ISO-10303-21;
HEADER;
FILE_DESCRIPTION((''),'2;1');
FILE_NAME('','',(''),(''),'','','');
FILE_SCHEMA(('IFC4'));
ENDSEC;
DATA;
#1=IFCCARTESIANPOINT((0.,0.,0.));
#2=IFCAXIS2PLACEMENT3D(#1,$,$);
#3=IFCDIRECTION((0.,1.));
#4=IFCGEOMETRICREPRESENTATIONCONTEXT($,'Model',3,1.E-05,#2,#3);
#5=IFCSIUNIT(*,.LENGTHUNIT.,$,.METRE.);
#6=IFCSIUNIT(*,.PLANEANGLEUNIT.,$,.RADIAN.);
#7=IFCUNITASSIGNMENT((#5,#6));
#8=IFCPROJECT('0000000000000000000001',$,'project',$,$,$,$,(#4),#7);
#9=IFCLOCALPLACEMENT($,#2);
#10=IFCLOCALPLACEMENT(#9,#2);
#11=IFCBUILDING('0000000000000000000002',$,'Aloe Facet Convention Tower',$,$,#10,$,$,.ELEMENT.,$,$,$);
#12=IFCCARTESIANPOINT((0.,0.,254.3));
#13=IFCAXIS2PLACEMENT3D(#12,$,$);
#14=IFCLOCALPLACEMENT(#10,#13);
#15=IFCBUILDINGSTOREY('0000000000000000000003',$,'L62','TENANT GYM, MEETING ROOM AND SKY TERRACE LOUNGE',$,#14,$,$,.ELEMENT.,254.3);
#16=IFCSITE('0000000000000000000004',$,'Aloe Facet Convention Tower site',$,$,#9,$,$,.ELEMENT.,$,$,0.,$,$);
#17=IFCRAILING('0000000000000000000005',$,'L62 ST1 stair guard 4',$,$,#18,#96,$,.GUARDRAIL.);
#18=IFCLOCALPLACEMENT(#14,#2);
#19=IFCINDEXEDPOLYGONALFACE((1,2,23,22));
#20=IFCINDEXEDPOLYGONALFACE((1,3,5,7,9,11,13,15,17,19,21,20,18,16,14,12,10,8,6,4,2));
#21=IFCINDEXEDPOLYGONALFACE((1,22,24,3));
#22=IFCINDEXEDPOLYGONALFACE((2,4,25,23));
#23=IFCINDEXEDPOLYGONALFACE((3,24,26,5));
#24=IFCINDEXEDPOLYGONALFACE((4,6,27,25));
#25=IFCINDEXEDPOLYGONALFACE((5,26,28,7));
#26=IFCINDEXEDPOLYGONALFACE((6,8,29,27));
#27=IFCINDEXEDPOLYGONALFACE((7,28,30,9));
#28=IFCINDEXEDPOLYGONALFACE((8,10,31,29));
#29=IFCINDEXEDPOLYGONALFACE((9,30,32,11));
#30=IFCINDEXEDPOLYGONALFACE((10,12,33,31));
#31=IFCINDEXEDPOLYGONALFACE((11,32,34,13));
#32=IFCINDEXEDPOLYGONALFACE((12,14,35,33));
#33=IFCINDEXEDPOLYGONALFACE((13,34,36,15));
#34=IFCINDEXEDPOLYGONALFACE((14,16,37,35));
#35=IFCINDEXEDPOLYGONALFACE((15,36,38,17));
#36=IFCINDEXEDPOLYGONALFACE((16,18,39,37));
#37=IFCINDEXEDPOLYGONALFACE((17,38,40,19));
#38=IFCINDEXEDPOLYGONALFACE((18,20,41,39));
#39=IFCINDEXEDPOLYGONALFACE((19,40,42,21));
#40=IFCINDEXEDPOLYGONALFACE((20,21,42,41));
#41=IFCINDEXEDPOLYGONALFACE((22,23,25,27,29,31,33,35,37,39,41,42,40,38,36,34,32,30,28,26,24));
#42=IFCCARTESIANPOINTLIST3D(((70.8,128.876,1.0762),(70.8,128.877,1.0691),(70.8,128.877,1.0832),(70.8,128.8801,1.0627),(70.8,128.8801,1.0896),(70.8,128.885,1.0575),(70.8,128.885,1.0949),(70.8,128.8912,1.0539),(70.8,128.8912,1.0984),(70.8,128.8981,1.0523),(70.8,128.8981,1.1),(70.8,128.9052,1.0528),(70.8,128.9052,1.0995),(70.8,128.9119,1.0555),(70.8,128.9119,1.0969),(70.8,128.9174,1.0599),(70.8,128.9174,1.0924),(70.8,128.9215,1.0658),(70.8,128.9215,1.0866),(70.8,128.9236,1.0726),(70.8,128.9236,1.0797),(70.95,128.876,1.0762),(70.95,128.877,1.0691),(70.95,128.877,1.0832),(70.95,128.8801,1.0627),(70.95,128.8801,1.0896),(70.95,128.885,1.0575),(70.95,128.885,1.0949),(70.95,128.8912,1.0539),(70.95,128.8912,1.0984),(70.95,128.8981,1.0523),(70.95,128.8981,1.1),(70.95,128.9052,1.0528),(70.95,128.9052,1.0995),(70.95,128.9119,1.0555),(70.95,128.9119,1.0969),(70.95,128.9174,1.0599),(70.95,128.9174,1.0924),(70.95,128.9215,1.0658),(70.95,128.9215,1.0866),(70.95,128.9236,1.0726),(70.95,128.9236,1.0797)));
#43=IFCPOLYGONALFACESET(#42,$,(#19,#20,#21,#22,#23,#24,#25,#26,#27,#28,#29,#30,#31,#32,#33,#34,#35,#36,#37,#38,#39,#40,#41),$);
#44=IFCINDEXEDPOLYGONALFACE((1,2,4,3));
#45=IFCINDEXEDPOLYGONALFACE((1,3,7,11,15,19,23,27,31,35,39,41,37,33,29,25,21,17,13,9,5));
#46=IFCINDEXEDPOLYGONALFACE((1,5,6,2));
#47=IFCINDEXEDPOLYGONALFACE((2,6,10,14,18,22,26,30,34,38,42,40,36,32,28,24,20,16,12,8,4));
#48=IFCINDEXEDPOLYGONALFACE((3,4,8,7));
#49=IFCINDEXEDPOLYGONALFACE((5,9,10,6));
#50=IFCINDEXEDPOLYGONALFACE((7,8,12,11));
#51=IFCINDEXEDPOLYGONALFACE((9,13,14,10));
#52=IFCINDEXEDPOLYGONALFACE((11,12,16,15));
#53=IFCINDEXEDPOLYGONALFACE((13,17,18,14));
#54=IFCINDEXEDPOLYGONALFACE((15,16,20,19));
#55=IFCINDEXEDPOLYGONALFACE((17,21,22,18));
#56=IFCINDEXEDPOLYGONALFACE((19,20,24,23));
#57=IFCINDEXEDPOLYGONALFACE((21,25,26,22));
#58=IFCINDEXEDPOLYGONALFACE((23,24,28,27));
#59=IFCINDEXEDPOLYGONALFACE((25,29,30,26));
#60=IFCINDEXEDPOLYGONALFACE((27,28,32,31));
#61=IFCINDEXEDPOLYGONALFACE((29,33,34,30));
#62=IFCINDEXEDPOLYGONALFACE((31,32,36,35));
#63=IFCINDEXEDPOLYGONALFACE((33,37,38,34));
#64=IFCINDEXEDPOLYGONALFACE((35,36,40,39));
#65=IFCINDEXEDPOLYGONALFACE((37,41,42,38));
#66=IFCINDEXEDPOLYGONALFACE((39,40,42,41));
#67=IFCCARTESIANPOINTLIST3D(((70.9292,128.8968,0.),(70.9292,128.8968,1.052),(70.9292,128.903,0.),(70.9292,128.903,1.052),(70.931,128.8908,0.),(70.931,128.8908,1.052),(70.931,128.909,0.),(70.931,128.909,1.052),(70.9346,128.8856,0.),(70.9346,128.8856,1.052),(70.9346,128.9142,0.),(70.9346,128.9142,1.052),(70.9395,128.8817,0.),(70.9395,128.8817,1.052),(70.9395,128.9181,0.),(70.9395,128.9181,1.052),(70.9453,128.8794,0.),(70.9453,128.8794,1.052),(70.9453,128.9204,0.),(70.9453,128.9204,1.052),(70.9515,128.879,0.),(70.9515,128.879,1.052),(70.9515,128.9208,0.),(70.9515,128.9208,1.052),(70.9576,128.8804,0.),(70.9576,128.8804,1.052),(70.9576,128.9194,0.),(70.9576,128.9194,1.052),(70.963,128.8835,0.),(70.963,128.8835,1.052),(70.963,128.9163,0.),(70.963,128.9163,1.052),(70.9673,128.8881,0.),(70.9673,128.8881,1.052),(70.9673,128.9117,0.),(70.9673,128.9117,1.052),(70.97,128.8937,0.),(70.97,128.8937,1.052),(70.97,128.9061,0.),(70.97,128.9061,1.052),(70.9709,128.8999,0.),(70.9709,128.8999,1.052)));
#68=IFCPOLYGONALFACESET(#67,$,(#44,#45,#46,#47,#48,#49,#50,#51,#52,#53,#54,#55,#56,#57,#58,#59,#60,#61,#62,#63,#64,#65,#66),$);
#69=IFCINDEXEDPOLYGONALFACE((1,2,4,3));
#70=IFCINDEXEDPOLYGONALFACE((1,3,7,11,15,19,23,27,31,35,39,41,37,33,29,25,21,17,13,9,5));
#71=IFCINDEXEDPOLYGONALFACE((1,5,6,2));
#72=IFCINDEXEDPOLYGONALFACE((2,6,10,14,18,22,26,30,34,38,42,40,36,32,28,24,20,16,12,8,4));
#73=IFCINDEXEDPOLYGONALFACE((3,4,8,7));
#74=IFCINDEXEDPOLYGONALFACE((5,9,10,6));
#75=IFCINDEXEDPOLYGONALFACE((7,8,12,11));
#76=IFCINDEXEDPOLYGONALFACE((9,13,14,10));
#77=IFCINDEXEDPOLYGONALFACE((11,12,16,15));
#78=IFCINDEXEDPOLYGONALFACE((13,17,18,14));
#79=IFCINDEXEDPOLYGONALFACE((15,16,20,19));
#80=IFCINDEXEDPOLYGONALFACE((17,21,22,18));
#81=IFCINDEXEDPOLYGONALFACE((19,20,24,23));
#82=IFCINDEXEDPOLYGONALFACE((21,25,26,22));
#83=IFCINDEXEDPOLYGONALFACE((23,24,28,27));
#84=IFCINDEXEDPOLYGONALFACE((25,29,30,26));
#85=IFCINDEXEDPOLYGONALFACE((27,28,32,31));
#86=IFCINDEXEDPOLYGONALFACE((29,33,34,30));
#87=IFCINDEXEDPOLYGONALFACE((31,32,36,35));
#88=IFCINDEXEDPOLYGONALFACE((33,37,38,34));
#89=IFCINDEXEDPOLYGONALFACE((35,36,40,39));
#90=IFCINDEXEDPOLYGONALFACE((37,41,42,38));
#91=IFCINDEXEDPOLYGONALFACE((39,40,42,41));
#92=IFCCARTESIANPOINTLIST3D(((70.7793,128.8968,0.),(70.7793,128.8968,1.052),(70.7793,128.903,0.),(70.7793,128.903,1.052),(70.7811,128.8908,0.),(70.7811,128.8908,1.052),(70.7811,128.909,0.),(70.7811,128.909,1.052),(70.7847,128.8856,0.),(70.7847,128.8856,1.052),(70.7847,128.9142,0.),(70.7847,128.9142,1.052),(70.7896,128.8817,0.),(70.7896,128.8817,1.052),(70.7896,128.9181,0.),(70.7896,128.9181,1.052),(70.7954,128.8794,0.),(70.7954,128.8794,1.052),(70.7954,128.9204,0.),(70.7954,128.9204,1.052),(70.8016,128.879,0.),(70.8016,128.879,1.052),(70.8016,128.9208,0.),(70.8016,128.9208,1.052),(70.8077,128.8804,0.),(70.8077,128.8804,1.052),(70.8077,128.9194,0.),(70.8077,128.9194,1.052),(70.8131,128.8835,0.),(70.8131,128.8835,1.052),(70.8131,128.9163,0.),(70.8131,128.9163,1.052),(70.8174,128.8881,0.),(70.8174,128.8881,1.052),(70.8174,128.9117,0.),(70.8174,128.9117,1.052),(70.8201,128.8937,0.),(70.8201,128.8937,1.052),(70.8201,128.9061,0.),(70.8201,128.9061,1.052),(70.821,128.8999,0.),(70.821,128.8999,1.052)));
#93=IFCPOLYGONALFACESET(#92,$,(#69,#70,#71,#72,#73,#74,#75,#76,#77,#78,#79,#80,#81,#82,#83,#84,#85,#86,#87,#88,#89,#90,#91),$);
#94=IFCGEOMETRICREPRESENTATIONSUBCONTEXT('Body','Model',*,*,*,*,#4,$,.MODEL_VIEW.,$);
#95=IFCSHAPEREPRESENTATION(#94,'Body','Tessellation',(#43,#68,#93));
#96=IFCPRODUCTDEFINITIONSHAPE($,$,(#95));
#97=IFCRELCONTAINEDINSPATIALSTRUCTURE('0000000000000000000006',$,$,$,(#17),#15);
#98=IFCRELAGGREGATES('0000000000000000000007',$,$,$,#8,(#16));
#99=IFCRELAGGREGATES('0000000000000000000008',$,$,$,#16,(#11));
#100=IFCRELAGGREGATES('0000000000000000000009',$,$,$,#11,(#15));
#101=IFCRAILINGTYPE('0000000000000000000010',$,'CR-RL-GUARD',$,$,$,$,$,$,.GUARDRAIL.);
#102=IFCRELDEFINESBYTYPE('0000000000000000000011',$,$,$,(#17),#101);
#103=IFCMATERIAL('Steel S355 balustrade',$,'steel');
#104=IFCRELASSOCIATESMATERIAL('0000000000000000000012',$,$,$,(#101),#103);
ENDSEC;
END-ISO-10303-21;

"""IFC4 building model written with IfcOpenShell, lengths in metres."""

from ifc_helpers import new_model, si_unit, direction, frame, origin, origin_2d, place, context, subcontext, project, spatial, circle, extrude, material, type_object, element, save


model = new_model("IFC4")

# Units and contexts
model_context = context("Model", 3, precision=1e-05, world=origin(), true_north=direction((0.0, 1.0)))
body_context = subcontext(model_context, "Body", "Model", "MODEL_VIEW")
ifc_project = project(units=[si_unit("LENGTHUNIT", "METRE"), si_unit("PLANEANGLEUNIT", "RADIAN")], contexts=[model_context])

# Site, building, storey
site_placement = place(None, origin())
site = spatial("IfcSite", under=ifc_project, at=site_placement, Name="Aloe Facet Convention Tower site", CompositionType="ELEMENT", RefElevation=0.0)
building_placement = place(site_placement, origin())
building = spatial("IfcBuilding", under=site, at=building_placement, Name="Aloe Facet Convention Tower", CompositionType="ELEMENT")
storey_placement = place(building_placement, frame((0.0, 0.0, 254.3)))
storey = spatial("IfcBuildingStorey", under=building, at=storey_placement, Name="L62", Description="TENANT GYM, MEETING ROOM AND SKY TERRACE LOUNGE", CompositionType="ELEMENT", Elevation=254.3)

# Railing
ifc_material_1 = material(Name="Steel S355 balustrade", Category="steel")
railing_type_1 = type_object("IfcRailingType", Name="CR-RL-GUARD", PredefinedType="GUARDRAIL", material=ifc_material_1)
railing_1_placement = place(storey_placement, frame((70.95, 128.8999, 0.0)))
element("IfcRailing", 1, at=railing_1_placement, inside=storey, type_object=railing_type_1, Name="L62 ST1 stair guard 4", PredefinedType="GUARDRAIL", context=body_context, shape_type="SweptSolid", body=[
    extrude(circle(Radius=0.0239, at=origin_2d()), frame((0.0, 0.0, 1.0762), z_axis=(-1.0, 0.0, 0.0), x_axis=(0.0, -1.0, 0.0)), (0.0, 0.0, 1.0), 0.1499),
    extrude(circle(Radius=0.021, at=origin_2d()), origin(), (0.0, 0.0, 1.0), 1.052),
    extrude(circle(Radius=0.021, at=origin_2d()), frame((-0.1499, 0.0, 0.0)), (0.0, 0.0, 1.0), 1.052),
])

save(model, "model.ifc")
